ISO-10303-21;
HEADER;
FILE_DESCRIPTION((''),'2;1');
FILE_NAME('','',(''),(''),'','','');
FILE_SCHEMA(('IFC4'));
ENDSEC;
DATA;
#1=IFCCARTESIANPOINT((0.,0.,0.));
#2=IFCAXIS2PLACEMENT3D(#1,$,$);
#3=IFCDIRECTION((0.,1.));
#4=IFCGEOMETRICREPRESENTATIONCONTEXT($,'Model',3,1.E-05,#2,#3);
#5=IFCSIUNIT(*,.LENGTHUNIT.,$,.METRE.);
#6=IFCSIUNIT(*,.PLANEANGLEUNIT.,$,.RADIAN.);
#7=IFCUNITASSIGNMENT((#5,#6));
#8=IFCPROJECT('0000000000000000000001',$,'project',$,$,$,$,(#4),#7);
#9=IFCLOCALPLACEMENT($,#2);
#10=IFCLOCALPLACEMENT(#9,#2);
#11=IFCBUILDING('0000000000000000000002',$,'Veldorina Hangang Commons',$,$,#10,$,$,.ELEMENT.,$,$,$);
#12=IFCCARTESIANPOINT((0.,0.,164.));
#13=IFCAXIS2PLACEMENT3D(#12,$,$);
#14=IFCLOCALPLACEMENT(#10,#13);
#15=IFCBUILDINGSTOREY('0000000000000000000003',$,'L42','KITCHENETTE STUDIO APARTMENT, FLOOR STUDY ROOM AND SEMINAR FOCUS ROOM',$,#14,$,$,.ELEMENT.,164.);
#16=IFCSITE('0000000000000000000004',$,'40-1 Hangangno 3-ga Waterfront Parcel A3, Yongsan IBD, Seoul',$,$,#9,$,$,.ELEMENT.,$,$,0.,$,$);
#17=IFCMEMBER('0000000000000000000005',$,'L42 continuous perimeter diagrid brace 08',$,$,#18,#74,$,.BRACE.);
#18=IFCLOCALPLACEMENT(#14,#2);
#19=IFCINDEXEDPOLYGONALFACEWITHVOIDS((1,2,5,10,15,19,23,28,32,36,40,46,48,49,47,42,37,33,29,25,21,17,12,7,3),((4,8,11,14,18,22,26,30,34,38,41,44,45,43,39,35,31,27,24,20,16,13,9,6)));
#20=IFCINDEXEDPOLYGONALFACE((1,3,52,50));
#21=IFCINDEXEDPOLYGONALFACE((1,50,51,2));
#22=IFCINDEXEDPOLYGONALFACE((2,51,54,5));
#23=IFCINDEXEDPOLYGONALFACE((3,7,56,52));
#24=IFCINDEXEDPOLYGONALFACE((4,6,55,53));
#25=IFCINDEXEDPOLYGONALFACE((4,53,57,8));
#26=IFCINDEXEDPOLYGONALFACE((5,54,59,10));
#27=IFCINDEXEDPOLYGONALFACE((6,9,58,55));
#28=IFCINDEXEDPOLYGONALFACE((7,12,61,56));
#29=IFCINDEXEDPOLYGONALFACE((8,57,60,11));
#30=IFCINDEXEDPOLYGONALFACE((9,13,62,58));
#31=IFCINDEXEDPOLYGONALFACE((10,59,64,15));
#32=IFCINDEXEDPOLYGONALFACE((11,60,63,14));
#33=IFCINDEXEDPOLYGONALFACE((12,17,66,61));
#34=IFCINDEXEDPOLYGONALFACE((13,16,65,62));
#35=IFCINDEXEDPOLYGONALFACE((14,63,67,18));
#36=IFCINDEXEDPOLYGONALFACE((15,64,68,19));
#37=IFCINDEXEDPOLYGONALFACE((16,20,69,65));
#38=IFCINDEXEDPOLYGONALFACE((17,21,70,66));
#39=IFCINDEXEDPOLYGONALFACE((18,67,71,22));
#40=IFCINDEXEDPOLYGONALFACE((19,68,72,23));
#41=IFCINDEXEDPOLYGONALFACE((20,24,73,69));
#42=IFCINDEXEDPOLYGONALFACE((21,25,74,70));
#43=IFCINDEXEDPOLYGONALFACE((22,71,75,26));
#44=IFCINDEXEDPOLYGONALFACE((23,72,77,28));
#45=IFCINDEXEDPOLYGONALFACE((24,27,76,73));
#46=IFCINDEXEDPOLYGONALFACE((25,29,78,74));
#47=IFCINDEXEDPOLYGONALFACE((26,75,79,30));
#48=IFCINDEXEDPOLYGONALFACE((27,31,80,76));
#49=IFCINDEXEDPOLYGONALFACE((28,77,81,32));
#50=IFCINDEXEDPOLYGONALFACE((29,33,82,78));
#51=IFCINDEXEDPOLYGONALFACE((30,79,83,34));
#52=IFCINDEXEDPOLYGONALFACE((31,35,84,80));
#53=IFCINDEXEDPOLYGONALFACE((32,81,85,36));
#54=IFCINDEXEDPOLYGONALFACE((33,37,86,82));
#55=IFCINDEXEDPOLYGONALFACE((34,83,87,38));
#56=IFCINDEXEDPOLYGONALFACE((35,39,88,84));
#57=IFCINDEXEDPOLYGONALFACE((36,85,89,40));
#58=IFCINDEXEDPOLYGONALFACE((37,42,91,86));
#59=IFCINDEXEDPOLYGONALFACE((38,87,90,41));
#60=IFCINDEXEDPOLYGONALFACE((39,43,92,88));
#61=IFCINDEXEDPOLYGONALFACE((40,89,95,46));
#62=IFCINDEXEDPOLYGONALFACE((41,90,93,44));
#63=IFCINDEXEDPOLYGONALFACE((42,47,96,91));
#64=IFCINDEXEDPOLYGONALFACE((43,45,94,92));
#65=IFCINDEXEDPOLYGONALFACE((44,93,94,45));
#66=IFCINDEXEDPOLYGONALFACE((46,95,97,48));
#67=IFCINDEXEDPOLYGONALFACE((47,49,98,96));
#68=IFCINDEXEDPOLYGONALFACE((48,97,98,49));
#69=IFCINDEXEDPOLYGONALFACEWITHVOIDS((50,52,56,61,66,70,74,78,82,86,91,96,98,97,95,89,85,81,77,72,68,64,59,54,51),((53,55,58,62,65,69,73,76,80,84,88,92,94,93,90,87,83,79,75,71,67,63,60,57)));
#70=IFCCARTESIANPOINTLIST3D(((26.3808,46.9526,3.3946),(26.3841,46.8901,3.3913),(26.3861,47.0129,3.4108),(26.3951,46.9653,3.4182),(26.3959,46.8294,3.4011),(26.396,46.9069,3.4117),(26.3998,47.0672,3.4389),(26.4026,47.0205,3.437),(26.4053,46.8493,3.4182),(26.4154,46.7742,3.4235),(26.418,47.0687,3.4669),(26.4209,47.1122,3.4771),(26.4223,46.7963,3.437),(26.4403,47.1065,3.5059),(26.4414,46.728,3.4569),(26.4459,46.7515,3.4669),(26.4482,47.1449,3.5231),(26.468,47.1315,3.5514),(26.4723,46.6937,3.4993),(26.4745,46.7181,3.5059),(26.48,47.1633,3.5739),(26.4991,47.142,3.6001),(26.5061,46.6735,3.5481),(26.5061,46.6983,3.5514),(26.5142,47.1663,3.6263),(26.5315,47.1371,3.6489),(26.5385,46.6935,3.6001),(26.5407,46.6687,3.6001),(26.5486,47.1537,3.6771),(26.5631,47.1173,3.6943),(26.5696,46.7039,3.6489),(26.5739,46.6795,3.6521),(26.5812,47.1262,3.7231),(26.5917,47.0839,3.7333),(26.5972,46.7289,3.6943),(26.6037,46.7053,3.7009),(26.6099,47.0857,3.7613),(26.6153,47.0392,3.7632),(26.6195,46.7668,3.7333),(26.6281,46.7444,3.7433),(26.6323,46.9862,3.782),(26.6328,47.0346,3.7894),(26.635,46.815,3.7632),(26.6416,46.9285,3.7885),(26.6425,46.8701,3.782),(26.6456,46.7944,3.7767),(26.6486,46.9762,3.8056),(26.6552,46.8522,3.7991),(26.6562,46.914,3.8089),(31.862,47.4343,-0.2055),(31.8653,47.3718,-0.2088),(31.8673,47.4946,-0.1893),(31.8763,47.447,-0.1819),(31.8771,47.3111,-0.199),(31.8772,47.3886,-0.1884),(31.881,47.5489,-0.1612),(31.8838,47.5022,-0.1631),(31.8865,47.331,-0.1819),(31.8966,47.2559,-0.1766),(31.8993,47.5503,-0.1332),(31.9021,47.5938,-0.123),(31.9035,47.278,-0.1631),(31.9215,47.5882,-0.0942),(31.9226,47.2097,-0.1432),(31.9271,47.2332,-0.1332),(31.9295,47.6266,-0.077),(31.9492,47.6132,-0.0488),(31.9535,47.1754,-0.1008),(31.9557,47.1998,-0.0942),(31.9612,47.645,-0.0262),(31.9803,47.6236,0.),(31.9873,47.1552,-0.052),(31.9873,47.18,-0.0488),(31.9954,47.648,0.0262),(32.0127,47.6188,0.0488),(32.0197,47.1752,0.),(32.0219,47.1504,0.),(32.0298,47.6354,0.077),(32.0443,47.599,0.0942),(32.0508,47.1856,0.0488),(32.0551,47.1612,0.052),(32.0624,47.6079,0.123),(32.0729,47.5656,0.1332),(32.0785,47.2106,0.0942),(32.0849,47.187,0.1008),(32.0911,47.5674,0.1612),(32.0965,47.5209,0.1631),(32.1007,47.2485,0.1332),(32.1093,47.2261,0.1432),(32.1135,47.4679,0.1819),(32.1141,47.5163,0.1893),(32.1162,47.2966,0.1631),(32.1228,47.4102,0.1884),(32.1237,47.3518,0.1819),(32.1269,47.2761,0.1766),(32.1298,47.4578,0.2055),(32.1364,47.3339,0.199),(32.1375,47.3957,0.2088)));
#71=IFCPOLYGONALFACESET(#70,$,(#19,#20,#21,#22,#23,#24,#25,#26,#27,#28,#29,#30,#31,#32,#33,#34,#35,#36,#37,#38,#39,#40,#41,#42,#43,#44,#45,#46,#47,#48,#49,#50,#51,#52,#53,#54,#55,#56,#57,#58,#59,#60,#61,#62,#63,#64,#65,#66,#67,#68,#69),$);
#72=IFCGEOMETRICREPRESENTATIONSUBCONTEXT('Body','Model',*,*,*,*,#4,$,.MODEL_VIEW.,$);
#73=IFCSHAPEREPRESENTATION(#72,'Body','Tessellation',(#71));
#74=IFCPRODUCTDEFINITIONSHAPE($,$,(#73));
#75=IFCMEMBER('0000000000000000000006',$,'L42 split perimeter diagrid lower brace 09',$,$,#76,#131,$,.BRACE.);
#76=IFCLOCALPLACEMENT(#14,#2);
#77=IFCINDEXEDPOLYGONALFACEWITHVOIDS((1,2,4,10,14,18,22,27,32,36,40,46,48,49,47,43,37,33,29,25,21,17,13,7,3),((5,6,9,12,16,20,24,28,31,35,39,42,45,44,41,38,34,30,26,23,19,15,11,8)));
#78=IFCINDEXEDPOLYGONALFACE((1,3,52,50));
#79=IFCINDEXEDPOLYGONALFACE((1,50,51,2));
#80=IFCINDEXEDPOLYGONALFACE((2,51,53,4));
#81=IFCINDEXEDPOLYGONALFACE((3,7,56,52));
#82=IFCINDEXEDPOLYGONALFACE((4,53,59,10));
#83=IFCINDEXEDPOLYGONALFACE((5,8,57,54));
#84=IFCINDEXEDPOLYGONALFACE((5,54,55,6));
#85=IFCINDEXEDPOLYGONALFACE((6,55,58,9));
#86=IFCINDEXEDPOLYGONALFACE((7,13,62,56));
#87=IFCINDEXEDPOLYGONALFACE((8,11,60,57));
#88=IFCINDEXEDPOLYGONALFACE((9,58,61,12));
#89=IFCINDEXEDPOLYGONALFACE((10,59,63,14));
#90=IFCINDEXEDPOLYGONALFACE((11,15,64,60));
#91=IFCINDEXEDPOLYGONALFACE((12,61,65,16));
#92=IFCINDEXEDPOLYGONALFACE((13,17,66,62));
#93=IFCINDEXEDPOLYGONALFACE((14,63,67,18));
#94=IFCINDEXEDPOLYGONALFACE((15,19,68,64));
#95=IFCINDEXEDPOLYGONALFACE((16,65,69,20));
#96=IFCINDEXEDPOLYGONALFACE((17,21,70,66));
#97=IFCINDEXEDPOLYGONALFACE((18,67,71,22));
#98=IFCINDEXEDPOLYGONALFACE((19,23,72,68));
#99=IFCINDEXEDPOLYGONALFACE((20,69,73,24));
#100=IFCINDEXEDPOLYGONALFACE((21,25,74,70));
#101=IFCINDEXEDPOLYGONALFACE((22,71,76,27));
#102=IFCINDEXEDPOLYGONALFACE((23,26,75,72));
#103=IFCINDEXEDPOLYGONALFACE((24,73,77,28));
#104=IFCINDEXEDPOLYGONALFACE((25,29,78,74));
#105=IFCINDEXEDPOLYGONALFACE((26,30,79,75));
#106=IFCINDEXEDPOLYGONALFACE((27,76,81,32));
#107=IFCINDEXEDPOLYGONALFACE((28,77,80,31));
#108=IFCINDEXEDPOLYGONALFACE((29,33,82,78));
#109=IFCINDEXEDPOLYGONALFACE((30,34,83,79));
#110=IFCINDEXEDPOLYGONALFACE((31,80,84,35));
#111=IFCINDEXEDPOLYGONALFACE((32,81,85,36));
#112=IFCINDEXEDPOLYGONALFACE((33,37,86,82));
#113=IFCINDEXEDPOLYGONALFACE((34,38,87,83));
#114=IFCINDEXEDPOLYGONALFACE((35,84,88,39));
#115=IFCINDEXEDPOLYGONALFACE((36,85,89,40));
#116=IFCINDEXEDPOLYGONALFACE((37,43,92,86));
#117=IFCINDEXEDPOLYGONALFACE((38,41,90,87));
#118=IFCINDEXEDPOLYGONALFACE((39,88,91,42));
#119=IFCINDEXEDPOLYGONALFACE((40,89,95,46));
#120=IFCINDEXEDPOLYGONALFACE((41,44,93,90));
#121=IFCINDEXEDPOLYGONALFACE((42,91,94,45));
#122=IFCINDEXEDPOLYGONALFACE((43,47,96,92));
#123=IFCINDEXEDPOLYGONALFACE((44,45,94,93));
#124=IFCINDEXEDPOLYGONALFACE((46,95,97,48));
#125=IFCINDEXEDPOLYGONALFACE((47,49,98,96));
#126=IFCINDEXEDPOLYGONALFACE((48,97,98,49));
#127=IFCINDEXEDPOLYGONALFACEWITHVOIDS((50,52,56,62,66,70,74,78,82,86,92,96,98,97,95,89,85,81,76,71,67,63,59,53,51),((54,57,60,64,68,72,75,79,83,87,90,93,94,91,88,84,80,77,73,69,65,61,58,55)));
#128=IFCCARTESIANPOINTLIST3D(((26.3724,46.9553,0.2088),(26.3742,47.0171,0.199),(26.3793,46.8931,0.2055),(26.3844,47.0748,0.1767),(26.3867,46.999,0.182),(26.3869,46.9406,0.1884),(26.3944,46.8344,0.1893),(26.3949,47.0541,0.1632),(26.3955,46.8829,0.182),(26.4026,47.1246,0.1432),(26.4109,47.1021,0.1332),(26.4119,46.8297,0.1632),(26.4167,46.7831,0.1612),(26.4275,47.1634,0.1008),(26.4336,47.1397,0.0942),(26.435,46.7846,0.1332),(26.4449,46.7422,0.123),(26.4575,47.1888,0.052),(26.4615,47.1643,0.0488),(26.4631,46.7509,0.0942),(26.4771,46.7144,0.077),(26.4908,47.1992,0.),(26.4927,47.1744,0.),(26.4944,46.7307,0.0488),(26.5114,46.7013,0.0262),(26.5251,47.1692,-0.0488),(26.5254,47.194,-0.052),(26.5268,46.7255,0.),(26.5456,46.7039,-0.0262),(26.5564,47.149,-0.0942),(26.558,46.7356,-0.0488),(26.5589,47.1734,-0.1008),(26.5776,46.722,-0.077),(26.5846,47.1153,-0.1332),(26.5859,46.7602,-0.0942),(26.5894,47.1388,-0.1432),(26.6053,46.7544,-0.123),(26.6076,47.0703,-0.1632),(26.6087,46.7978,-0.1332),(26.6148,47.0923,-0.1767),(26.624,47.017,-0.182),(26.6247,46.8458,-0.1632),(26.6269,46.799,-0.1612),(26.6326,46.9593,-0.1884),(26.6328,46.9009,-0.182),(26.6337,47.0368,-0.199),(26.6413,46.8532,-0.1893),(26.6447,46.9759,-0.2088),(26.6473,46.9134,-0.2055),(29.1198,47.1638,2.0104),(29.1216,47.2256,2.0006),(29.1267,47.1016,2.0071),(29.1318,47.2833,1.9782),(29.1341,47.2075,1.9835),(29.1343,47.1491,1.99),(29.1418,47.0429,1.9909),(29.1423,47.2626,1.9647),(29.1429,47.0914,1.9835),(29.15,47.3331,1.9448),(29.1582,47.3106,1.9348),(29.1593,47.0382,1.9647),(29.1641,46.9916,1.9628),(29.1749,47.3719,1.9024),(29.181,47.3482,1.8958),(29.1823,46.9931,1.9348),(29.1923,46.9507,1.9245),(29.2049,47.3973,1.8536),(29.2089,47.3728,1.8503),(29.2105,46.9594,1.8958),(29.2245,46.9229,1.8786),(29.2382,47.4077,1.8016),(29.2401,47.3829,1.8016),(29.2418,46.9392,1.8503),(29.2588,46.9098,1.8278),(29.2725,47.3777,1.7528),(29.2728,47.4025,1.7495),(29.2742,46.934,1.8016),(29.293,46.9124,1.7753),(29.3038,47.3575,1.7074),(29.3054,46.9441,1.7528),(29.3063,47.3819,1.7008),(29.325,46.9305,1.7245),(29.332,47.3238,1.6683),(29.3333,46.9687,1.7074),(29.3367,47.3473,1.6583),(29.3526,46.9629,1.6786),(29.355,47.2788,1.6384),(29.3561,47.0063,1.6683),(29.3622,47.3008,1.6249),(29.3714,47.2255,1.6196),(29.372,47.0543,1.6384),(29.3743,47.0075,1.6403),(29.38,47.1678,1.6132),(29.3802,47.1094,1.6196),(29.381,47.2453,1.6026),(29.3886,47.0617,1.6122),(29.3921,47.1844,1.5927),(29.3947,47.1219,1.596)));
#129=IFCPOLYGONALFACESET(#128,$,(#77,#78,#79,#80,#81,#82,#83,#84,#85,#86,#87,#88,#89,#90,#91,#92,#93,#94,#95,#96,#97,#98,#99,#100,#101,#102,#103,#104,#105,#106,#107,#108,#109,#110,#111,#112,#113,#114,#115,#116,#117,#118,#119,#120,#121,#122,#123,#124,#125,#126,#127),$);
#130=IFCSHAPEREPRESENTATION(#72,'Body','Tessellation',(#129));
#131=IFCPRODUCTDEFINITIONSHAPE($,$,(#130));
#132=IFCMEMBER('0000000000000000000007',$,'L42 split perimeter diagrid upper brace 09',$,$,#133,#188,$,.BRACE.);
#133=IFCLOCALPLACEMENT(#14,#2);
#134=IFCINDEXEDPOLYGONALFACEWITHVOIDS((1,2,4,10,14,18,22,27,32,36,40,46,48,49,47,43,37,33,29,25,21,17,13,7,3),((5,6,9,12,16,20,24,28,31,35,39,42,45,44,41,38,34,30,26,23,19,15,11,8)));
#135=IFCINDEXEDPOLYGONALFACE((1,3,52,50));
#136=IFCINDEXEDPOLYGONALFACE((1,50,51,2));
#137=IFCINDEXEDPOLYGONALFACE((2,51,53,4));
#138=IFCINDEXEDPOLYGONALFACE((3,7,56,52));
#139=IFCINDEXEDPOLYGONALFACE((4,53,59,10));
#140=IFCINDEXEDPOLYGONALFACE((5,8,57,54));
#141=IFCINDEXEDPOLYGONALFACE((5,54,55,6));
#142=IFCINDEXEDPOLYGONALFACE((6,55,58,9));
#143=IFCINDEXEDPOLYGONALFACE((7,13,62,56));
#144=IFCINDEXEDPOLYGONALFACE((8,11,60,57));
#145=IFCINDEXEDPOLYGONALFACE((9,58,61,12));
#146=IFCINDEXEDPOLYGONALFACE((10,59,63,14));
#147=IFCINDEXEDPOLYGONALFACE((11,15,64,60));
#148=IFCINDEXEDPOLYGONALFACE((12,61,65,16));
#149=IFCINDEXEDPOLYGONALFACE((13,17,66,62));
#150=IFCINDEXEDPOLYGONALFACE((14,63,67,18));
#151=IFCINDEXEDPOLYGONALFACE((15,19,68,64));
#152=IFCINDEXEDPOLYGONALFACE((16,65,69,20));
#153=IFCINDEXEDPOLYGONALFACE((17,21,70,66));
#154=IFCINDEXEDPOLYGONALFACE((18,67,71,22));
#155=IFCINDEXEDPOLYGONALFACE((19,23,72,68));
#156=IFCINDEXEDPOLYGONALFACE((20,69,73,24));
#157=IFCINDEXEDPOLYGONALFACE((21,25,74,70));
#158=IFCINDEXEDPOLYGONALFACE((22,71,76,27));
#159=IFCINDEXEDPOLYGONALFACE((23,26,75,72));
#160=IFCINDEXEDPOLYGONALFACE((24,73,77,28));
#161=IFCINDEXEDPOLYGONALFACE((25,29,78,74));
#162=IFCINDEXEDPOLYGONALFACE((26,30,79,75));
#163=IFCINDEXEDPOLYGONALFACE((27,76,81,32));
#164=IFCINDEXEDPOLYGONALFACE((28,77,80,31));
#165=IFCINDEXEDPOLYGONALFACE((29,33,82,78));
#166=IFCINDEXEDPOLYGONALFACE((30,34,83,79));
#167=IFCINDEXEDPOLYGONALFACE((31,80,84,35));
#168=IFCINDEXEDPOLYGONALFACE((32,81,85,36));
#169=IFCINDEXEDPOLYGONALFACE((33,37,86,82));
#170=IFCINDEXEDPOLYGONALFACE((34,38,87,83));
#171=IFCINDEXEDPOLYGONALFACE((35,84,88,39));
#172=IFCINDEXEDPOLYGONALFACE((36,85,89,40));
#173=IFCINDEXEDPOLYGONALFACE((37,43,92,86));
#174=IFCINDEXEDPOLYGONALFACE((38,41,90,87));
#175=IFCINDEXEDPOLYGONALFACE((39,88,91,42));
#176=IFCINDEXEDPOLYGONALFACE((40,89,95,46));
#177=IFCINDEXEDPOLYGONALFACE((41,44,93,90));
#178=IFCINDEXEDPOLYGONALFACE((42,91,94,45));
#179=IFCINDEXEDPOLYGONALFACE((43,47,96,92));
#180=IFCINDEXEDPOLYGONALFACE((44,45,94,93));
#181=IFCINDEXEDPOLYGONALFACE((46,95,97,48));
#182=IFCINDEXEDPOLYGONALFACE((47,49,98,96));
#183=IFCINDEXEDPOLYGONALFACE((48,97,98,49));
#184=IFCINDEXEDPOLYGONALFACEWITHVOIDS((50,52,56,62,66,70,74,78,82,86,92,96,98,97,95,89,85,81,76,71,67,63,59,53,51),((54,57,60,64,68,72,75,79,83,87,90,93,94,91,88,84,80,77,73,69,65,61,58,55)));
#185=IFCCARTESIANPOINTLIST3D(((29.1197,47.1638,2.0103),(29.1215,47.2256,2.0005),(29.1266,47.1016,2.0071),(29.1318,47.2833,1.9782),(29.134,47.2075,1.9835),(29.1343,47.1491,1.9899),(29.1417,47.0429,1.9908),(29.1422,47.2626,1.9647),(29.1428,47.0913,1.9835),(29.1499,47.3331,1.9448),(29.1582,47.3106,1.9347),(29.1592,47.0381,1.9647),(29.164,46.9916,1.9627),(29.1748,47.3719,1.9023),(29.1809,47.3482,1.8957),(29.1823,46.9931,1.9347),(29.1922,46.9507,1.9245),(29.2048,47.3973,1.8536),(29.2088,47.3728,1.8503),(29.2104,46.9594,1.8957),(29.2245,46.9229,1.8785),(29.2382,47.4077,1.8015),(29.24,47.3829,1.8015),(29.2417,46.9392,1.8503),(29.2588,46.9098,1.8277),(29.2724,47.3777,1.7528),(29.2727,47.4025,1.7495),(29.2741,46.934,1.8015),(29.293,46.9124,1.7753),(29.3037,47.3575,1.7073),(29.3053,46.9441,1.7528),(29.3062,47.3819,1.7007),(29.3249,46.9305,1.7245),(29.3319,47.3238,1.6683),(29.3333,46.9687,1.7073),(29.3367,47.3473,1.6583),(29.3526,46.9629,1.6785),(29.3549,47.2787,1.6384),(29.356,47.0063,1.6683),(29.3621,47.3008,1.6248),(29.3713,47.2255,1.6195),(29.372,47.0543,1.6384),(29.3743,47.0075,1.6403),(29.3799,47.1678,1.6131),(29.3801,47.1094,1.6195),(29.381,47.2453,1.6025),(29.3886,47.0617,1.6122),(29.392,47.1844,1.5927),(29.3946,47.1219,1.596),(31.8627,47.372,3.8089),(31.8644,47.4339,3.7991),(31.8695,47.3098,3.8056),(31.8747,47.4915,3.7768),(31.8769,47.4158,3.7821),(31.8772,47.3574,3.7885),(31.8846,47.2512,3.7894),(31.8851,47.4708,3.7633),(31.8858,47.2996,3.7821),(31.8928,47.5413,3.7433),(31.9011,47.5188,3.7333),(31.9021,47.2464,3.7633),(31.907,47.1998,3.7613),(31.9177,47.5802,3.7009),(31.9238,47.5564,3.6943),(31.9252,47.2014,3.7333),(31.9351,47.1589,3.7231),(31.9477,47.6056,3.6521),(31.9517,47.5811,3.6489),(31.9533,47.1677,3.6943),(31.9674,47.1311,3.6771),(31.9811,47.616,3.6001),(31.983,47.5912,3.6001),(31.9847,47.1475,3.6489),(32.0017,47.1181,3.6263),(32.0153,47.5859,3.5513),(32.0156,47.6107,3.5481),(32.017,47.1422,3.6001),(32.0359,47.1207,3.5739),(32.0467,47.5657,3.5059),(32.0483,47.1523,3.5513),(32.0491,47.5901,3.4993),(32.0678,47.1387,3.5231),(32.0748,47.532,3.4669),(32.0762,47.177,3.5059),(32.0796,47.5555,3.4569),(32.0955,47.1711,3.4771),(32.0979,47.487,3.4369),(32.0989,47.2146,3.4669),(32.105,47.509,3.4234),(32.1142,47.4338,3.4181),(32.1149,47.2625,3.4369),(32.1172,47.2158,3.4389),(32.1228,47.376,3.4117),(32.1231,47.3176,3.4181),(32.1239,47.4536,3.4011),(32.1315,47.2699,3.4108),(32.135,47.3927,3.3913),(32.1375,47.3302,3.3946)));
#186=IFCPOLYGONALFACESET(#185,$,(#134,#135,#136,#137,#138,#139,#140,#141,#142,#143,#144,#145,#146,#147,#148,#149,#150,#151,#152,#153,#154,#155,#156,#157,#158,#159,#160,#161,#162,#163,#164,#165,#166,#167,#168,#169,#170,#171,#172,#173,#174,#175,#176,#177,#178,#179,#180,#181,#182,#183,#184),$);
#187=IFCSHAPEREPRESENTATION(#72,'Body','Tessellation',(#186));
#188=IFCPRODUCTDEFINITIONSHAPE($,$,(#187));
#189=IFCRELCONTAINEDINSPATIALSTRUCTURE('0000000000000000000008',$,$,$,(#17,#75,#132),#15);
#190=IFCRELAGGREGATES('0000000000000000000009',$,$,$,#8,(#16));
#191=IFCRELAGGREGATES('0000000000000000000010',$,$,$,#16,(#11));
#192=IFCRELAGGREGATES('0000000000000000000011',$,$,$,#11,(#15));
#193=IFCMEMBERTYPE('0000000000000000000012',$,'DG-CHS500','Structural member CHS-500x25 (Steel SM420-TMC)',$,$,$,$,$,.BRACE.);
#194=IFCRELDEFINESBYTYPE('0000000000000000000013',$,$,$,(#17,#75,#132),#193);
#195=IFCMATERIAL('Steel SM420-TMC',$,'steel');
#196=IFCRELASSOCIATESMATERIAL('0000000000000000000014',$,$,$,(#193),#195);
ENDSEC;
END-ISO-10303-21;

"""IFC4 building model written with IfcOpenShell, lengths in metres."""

from ifc_helpers import new_model, si_unit, direction, frame, origin, origin_2d, place, context, subcontext, project, spatial, hollow_circle, extrude, material, material_profile, profile_set, type_object, element, save


model = new_model("IFC4")

# Units and contexts
model_context = context("Model", 3, precision=1e-05, world=origin(), true_north=direction((0.0, 1.0)))
body_context = subcontext(model_context, "Body", "Model", "MODEL_VIEW")
ifc_project = project(units=[si_unit("LENGTHUNIT", "METRE"), si_unit("PLANEANGLEUNIT", "RADIAN")], contexts=[model_context])

# Site, building, storey
site_placement = place(None, origin())
site = spatial("IfcSite", under=ifc_project, at=site_placement, Name="40-1 Hangangno 3-ga Waterfront Parcel A3, Yongsan IBD, Seoul", CompositionType="ELEMENT", RefElevation=0.0)
building_placement = place(site_placement, origin())
building = spatial("IfcBuilding", under=site, at=building_placement, Name="Veldorina Hangang Commons", CompositionType="ELEMENT")
storey_placement = place(building_placement, frame((0.0, 0.0, 164.0)))
storey = spatial("IfcBuildingStorey", under=building, at=storey_placement, Name="L42", Description="KITCHENETTE STUDIO APARTMENT, FLOOR STUDY ROOM AND SEMINAR FOCUS ROOM", CompositionType="ELEMENT", Elevation=164.0)

# Shared definitions
ifc_material_1 = material(Name="Steel SM420-TMC", Category="steel")

# Members
ifc_material_profile_1 = material_profile(ifc_material_1, hollow_circle(Radius=0.25, WallThickness=0.0249, at=origin_2d()), Name="CHS-500x25")
ifc_profile_set_1 = profile_set([ifc_material_profile_1], Name="Steel SM420-TMC")
member_type = type_object("IfcMemberType", Name="DG-CHS500", Description="Structural member CHS-500x25 (Steel SM420-TMC)", PredefinedType="BRACE", material=ifc_profile_set_1)
member_1_placement = place(storey_placement, frame((32.0, 47.3994, 0.0), z_axis=(-0.833588, -0.073256, 0.547507), x_axis=(0.087543, -0.996161, 0.0)))
element("IfcMember", 1, at=member_1_placement, inside=storey, type_object=member_type, Name="L42 continuous perimeter diagrid brace 08", PredefinedType="BRACE", context=body_context, shape_type="SweptSolid", body=[
    extrude(hollow_circle(Radius=0.25, WallThickness=0.0249, at=origin_2d()), origin(), (0.0, 0.0, 1.0), 6.5754),
])
member_2_placement = place(storey_placement, frame((26.5098, 46.95, 0.0), z_axis=(0.834566, 0.063336, 0.547255), x_axis=(-0.075673, 0.997133, 0.0)))
element("IfcMember", 2, at=member_2_placement, inside=storey, type_object=member_type, Name="L42 split perimeter diagrid lower brace 09", PredefinedType="BRACE", context=body_context, shape_type="SweptSolid", body=[
    extrude(hollow_circle(Radius=0.25, WallThickness=0.0249, at=origin_2d()), origin(), (0.0, 0.0, 1.0), 3.292),
])
member_3_placement = place(storey_placement, frame((29.2571, 47.1584, 1.8015), z_axis=(0.834571, 0.063364, 0.547244), x_axis=(-0.075706, 0.99713, 0.0)))
element("IfcMember", 3, at=member_3_placement, inside=storey, type_object=member_type, Name="L42 split perimeter diagrid upper brace 09", PredefinedType="BRACE", context=body_context, shape_type="SweptSolid", body=[
    extrude(hollow_circle(Radius=0.25, WallThickness=0.0249, at=origin_2d()), origin(), (0.0, 0.0, 1.0), 3.2866),
])

save(model, "model.ifc")
